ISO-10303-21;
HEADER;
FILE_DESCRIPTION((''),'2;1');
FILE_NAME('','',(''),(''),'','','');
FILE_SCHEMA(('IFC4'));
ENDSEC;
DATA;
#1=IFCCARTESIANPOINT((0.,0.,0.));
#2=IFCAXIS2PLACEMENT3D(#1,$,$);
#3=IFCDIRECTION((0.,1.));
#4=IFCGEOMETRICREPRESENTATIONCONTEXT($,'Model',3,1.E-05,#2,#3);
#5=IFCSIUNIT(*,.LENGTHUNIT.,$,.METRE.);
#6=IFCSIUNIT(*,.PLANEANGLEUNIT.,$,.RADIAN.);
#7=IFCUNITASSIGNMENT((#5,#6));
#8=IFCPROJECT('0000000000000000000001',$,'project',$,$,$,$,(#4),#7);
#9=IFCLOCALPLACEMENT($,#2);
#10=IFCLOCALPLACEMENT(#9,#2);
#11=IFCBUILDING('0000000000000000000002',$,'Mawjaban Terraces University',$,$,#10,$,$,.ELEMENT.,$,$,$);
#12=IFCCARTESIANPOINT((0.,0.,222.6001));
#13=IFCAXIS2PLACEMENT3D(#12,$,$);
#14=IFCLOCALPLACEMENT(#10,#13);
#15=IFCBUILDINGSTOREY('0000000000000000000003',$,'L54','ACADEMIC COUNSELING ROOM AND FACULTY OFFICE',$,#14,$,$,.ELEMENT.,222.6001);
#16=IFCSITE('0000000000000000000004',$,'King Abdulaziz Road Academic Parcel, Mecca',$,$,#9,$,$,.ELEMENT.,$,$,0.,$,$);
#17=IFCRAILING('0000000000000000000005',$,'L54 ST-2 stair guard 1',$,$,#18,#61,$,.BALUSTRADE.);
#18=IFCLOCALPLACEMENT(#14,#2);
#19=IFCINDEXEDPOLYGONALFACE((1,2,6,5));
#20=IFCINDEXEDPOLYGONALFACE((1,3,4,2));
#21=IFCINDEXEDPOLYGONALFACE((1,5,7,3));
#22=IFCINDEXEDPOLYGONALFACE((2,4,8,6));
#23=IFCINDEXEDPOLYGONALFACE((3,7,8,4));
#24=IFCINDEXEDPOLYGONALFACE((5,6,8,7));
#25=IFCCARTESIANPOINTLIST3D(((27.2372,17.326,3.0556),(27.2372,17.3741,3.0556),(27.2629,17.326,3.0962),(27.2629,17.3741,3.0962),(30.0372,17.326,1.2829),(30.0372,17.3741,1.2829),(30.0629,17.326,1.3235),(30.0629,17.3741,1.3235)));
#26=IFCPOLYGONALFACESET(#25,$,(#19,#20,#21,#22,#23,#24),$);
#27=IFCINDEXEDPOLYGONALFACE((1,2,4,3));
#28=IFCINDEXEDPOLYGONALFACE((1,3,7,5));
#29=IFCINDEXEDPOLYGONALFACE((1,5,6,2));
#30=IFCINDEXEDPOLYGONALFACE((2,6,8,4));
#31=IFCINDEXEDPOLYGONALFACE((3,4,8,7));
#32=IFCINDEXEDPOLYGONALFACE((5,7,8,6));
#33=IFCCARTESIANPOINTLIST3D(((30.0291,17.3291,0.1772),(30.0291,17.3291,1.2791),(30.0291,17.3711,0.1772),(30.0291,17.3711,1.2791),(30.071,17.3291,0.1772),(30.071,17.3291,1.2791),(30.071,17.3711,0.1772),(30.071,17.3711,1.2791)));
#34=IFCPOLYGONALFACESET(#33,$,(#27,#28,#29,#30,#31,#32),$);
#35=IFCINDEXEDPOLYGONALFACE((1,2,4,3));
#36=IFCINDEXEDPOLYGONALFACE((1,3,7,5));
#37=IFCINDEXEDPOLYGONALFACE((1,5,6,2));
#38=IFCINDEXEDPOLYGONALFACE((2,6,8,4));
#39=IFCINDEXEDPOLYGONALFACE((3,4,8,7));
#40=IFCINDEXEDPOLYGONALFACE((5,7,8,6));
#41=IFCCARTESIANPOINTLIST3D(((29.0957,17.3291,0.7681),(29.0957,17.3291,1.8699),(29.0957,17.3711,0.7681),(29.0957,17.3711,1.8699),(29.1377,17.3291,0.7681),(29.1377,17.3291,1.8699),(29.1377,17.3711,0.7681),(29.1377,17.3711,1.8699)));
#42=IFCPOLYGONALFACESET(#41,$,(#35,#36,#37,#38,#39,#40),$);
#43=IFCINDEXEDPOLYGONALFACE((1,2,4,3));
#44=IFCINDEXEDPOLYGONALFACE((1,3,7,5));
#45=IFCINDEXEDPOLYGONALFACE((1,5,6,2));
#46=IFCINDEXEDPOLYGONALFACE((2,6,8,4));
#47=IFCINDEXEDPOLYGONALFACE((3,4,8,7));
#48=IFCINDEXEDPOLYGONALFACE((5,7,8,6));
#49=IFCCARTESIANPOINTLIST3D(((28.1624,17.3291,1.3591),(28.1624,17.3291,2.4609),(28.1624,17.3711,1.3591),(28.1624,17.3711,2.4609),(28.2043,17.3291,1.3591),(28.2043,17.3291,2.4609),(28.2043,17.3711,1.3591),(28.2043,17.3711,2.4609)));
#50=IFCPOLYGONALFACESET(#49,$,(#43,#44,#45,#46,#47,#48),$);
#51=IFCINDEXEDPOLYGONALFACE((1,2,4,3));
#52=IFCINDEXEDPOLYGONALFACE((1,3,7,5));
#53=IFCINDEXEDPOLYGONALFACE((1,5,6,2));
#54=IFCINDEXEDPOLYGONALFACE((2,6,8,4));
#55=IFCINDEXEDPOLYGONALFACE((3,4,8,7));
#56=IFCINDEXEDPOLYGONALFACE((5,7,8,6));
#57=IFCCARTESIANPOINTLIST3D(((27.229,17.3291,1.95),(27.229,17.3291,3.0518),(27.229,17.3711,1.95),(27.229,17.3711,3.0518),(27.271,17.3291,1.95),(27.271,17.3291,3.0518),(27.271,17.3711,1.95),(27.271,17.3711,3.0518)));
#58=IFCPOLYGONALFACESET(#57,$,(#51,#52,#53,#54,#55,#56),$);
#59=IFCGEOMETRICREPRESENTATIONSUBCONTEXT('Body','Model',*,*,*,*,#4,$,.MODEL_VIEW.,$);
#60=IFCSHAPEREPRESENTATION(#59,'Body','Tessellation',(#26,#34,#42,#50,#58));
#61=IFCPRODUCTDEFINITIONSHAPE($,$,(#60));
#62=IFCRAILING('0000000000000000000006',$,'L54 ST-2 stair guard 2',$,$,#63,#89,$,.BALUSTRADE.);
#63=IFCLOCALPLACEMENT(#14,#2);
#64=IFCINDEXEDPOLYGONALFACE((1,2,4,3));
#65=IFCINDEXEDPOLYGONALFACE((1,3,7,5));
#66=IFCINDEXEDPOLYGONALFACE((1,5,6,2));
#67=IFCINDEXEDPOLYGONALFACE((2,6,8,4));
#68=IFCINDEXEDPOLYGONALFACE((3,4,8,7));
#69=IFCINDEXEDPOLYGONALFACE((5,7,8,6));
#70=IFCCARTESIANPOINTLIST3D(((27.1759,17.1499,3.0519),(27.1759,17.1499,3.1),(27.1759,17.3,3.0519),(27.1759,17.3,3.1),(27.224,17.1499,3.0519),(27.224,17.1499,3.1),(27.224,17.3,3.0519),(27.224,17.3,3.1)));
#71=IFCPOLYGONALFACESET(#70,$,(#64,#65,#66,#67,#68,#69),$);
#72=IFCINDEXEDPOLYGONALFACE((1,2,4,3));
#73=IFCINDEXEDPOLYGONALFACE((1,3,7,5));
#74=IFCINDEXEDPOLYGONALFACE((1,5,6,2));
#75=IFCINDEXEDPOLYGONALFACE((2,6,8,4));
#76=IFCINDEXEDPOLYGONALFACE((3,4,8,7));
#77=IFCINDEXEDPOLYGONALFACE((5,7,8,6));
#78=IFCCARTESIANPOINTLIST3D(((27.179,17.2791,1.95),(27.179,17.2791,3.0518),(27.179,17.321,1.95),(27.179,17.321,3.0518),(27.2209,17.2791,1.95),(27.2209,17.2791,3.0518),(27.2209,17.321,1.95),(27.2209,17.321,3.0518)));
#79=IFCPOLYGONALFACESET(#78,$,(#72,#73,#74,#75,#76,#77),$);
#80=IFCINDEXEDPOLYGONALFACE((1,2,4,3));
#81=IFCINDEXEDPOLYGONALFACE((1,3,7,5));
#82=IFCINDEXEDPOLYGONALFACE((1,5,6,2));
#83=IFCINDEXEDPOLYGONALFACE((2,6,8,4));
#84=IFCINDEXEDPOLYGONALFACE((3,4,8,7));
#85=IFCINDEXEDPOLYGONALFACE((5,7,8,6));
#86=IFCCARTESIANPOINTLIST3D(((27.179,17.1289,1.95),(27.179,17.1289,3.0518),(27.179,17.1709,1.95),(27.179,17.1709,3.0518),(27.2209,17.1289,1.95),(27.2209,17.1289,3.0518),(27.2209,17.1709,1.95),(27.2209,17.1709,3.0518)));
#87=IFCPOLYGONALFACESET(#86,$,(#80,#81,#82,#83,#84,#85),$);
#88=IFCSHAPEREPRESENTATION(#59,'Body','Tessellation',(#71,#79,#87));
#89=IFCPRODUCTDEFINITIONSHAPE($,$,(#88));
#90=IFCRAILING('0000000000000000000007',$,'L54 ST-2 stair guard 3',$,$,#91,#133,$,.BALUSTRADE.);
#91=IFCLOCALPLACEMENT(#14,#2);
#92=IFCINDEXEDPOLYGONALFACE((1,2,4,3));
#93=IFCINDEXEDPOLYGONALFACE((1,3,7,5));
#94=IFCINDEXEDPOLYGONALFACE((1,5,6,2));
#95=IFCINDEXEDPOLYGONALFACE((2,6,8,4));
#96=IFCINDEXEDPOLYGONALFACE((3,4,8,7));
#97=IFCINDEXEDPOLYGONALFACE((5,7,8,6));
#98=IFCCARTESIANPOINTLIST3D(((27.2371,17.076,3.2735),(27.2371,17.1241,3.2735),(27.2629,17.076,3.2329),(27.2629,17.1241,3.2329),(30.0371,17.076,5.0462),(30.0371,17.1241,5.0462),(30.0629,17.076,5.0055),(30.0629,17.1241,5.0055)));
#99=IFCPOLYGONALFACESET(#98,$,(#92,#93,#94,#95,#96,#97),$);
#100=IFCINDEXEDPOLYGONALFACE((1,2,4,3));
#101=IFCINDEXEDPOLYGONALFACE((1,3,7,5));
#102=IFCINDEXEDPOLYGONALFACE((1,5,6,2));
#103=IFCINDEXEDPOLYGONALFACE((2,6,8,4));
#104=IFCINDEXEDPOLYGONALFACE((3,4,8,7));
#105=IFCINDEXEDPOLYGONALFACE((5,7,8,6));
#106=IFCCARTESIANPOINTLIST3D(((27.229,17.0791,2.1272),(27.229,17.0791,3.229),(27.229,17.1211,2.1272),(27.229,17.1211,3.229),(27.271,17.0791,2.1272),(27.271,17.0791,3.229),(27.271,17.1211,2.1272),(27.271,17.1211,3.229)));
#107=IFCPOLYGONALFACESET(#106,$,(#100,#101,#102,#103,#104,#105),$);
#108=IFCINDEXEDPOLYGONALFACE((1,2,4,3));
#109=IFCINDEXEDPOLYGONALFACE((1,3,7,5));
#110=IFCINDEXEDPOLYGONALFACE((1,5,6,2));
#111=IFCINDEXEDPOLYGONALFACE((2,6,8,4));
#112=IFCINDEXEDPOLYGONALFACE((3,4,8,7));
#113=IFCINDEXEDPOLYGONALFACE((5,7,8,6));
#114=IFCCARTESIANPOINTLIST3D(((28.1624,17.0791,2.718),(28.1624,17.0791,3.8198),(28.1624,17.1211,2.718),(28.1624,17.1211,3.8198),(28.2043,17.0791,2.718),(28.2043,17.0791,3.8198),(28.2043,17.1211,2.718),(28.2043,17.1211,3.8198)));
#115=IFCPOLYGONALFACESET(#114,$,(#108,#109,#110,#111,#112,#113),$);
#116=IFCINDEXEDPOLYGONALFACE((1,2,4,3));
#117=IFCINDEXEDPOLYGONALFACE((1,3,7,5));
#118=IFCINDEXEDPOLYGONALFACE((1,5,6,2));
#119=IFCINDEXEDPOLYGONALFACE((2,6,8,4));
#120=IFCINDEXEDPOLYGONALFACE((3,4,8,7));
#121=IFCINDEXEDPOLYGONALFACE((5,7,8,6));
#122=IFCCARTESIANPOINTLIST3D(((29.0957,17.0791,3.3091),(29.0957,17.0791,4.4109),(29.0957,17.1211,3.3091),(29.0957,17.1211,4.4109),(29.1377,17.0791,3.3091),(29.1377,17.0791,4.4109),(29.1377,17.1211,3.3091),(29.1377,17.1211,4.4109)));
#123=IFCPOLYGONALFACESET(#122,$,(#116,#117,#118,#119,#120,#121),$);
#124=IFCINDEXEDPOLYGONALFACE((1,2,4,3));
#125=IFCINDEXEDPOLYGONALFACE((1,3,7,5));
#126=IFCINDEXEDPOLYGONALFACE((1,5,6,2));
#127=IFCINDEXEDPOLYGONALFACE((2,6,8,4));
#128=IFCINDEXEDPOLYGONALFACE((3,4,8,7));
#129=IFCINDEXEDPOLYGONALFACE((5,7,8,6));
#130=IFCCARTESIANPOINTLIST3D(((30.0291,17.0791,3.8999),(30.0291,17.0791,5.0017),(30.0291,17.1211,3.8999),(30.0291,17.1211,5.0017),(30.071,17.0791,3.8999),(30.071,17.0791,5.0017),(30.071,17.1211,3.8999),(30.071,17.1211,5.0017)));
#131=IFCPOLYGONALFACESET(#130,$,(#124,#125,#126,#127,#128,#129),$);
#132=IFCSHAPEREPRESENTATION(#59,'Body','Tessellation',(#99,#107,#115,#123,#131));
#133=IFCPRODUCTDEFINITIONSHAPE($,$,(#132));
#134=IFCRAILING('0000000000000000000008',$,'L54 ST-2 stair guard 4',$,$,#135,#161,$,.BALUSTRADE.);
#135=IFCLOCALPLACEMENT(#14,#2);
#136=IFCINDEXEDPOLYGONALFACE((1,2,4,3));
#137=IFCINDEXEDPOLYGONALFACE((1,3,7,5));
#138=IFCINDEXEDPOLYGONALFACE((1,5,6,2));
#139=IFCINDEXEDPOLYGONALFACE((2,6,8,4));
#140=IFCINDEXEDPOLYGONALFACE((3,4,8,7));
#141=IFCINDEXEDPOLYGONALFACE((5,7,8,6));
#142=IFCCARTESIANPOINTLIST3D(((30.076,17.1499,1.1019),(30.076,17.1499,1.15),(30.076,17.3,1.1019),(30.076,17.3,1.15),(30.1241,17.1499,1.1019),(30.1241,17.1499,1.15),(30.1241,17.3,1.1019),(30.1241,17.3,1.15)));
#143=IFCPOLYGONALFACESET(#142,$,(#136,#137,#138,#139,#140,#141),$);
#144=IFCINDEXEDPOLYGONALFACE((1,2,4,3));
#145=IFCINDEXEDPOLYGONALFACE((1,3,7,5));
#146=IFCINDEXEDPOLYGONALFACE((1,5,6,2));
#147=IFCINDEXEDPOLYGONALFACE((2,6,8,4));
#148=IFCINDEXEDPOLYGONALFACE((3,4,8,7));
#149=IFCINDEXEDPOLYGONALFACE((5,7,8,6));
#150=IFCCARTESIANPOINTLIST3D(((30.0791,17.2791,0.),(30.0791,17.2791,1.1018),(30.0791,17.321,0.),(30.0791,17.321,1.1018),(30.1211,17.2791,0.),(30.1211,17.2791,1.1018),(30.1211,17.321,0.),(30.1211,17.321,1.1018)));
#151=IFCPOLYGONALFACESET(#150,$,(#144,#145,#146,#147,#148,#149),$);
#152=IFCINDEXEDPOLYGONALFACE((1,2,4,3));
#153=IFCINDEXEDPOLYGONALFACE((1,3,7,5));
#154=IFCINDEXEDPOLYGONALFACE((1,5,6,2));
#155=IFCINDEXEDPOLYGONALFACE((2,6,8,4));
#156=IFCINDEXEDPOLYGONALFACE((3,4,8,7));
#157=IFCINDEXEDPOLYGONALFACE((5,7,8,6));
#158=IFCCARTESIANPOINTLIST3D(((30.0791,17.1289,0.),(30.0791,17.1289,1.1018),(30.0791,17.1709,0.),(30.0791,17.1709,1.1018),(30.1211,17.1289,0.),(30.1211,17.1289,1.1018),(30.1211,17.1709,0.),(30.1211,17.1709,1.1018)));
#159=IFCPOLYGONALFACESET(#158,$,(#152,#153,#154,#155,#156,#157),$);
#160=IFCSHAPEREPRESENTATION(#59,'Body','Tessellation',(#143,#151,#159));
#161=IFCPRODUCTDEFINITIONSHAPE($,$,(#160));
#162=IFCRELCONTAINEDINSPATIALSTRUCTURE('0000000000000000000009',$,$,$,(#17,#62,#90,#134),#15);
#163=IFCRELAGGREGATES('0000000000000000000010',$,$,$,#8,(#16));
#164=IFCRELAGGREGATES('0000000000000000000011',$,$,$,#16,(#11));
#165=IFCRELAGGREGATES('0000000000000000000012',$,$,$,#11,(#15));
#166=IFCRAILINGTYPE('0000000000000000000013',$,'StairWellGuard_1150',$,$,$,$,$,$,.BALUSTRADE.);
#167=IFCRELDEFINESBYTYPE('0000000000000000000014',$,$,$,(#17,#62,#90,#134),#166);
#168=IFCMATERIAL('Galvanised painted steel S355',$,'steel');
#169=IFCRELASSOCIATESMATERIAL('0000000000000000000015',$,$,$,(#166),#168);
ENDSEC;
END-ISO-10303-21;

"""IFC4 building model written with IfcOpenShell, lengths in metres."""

from ifc_helpers import new_model, si_unit, direction, frame, origin, origin_2d, place, context, subcontext, project, spatial, rectangle, extrude, material, type_object, element, save


model = new_model("IFC4")

# Units and contexts
model_context = context("Model", 3, precision=1e-05, world=origin(), true_north=direction((0.0, 1.0)))
body_context = subcontext(model_context, "Body", "Model", "MODEL_VIEW")
ifc_project = project(units=[si_unit("LENGTHUNIT", "METRE"), si_unit("PLANEANGLEUNIT", "RADIAN")], contexts=[model_context])

# Site, building, storey
site_placement = place(None, origin())
site = spatial("IfcSite", under=ifc_project, at=site_placement, Name="King Abdulaziz Road Academic Parcel, Mecca", CompositionType="ELEMENT", RefElevation=0.0)
building_placement = place(site_placement, origin())
building = spatial("IfcBuilding", under=site, at=building_placement, Name="Mawjaban Terraces University", CompositionType="ELEMENT")
storey_placement = place(building_placement, frame((0.0, 0.0, 222.6001)))
storey = spatial("IfcBuildingStorey", under=building, at=storey_placement, Name="L54", Description="ACADEMIC COUNSELING ROOM AND FACULTY OFFICE", CompositionType="ELEMENT", Elevation=222.6001)

# Railings
ifc_material_1 = material(Name="Galvanised painted steel S355", Category="steel")
railing_type_1 = type_object("IfcRailingType", Name="StairWellGuard_1150", PredefinedType="BALUSTRADE", material=ifc_material_1)
railing_1_placement = place(storey_placement, frame((30.05, 17.3501, 0.1772)))
element("IfcRailing", 1, at=railing_1_placement, inside=storey, type_object=railing_type_1, Name="L54 ST-2 stair guard 1", PredefinedType="BALUSTRADE", context=body_context, shape_type="SweptSolid", body=[
    extrude(rectangle(XDim=0.0481, YDim=0.0481, at=origin_2d()), frame((0.0, 0.0, 1.126), z_axis=(-0.844909, 0.0, 0.53491), x_axis=(0.0, -1.0, 0.0)), (0.0, 0.0, 1.0), 3.314),
    extrude(rectangle(XDim=0.042, YDim=0.042, at=origin_2d()), origin(), (0.0, 0.0, 1.0), 1.1018),
    extrude(rectangle(XDim=0.042, YDim=0.042, at=origin_2d()), frame((-0.9333, 0.0, 0.5908)), (0.0, 0.0, 1.0), 1.1018),
    extrude(rectangle(XDim=0.042, YDim=0.042, at=origin_2d()), frame((-1.8667, 0.0, 1.1819)), (0.0, 0.0, 1.0), 1.1018),
    extrude(rectangle(XDim=0.042, YDim=0.042, at=origin_2d()), frame((-2.8, 0.0, 1.7727)), (0.0, 0.0, 1.0), 1.1018),
])
railing_2_placement = place(storey_placement, frame((27.2, 17.3, 1.95)))
element("IfcRailing", 2, at=railing_2_placement, inside=storey, type_object=railing_type_1, Name="L54 ST-2 stair guard 2", PredefinedType="BALUSTRADE", context=body_context, shape_type="SweptSolid", body=[
    extrude(rectangle(XDim=0.0481, YDim=0.0481, at=origin_2d()), frame((0.0, 0.0, 1.126), z_axis=(0.0, -1.0, 0.0), x_axis=(1.0, 0.0, 0.0)), (0.0, 0.0, 1.0), 0.1501),
    extrude(rectangle(XDim=0.042, YDim=0.042, at=origin_2d()), origin(), (0.0, 0.0, 1.0), 1.1018),
    extrude(rectangle(XDim=0.042, YDim=0.042, at=origin_2d()), frame((0.0, -0.1501, 0.0)), (0.0, 0.0, 1.0), 1.1018),
])
railing_3_placement = place(storey_placement, frame((27.25, 17.1001, 2.1272)))
element("IfcRailing", 3, at=railing_3_placement, inside=storey, type_object=railing_type_1, Name="L54 ST-2 stair guard 3", PredefinedType="BALUSTRADE", context=body_context, shape_type="SweptSolid", body=[
    extrude(rectangle(XDim=0.0481, YDim=0.0481, at=origin_2d()), frame((0.0, 0.0, 1.126), z_axis=(0.844909, 0.0, 0.53491), x_axis=(0.0, 1.0, 0.0)), (0.0, 0.0, 1.0), 3.314),
    extrude(rectangle(XDim=0.042, YDim=0.042, at=origin_2d()), origin(), (0.0, 0.0, 1.0), 1.1018),
    extrude(rectangle(XDim=0.042, YDim=0.042, at=origin_2d()), frame((0.9333, 0.0, 0.5908)), (0.0, 0.0, 1.0), 1.1018),
    extrude(rectangle(XDim=0.042, YDim=0.042, at=origin_2d()), frame((1.8667, 0.0, 1.1819)), (0.0, 0.0, 1.0), 1.1018),
    extrude(rectangle(XDim=0.042, YDim=0.042, at=origin_2d()), frame((2.8, 0.0, 1.7727)), (0.0, 0.0, 1.0), 1.1018),
])
railing_4_placement = place(storey_placement, frame((30.1001, 17.3, 0.0)))
element("IfcRailing", 4, at=railing_4_placement, inside=storey, type_object=railing_type_1, Name="L54 ST-2 stair guard 4", PredefinedType="BALUSTRADE", context=body_context, shape_type="SweptSolid", body=[
    extrude(rectangle(XDim=0.0481, YDim=0.0481, at=origin_2d()), frame((0.0, 0.0, 1.126), z_axis=(0.0, -1.0, 0.0), x_axis=(1.0, 0.0, 0.0)), (0.0, 0.0, 1.0), 0.1501),
    extrude(rectangle(XDim=0.042, YDim=0.042, at=origin_2d()), origin(), (0.0, 0.0, 1.0), 1.1018),
    extrude(rectangle(XDim=0.042, YDim=0.042, at=origin_2d()), frame((0.0, -0.1501, 0.0)), (0.0, 0.0, 1.0), 1.1018),
])

save(model, "model.ifc")
